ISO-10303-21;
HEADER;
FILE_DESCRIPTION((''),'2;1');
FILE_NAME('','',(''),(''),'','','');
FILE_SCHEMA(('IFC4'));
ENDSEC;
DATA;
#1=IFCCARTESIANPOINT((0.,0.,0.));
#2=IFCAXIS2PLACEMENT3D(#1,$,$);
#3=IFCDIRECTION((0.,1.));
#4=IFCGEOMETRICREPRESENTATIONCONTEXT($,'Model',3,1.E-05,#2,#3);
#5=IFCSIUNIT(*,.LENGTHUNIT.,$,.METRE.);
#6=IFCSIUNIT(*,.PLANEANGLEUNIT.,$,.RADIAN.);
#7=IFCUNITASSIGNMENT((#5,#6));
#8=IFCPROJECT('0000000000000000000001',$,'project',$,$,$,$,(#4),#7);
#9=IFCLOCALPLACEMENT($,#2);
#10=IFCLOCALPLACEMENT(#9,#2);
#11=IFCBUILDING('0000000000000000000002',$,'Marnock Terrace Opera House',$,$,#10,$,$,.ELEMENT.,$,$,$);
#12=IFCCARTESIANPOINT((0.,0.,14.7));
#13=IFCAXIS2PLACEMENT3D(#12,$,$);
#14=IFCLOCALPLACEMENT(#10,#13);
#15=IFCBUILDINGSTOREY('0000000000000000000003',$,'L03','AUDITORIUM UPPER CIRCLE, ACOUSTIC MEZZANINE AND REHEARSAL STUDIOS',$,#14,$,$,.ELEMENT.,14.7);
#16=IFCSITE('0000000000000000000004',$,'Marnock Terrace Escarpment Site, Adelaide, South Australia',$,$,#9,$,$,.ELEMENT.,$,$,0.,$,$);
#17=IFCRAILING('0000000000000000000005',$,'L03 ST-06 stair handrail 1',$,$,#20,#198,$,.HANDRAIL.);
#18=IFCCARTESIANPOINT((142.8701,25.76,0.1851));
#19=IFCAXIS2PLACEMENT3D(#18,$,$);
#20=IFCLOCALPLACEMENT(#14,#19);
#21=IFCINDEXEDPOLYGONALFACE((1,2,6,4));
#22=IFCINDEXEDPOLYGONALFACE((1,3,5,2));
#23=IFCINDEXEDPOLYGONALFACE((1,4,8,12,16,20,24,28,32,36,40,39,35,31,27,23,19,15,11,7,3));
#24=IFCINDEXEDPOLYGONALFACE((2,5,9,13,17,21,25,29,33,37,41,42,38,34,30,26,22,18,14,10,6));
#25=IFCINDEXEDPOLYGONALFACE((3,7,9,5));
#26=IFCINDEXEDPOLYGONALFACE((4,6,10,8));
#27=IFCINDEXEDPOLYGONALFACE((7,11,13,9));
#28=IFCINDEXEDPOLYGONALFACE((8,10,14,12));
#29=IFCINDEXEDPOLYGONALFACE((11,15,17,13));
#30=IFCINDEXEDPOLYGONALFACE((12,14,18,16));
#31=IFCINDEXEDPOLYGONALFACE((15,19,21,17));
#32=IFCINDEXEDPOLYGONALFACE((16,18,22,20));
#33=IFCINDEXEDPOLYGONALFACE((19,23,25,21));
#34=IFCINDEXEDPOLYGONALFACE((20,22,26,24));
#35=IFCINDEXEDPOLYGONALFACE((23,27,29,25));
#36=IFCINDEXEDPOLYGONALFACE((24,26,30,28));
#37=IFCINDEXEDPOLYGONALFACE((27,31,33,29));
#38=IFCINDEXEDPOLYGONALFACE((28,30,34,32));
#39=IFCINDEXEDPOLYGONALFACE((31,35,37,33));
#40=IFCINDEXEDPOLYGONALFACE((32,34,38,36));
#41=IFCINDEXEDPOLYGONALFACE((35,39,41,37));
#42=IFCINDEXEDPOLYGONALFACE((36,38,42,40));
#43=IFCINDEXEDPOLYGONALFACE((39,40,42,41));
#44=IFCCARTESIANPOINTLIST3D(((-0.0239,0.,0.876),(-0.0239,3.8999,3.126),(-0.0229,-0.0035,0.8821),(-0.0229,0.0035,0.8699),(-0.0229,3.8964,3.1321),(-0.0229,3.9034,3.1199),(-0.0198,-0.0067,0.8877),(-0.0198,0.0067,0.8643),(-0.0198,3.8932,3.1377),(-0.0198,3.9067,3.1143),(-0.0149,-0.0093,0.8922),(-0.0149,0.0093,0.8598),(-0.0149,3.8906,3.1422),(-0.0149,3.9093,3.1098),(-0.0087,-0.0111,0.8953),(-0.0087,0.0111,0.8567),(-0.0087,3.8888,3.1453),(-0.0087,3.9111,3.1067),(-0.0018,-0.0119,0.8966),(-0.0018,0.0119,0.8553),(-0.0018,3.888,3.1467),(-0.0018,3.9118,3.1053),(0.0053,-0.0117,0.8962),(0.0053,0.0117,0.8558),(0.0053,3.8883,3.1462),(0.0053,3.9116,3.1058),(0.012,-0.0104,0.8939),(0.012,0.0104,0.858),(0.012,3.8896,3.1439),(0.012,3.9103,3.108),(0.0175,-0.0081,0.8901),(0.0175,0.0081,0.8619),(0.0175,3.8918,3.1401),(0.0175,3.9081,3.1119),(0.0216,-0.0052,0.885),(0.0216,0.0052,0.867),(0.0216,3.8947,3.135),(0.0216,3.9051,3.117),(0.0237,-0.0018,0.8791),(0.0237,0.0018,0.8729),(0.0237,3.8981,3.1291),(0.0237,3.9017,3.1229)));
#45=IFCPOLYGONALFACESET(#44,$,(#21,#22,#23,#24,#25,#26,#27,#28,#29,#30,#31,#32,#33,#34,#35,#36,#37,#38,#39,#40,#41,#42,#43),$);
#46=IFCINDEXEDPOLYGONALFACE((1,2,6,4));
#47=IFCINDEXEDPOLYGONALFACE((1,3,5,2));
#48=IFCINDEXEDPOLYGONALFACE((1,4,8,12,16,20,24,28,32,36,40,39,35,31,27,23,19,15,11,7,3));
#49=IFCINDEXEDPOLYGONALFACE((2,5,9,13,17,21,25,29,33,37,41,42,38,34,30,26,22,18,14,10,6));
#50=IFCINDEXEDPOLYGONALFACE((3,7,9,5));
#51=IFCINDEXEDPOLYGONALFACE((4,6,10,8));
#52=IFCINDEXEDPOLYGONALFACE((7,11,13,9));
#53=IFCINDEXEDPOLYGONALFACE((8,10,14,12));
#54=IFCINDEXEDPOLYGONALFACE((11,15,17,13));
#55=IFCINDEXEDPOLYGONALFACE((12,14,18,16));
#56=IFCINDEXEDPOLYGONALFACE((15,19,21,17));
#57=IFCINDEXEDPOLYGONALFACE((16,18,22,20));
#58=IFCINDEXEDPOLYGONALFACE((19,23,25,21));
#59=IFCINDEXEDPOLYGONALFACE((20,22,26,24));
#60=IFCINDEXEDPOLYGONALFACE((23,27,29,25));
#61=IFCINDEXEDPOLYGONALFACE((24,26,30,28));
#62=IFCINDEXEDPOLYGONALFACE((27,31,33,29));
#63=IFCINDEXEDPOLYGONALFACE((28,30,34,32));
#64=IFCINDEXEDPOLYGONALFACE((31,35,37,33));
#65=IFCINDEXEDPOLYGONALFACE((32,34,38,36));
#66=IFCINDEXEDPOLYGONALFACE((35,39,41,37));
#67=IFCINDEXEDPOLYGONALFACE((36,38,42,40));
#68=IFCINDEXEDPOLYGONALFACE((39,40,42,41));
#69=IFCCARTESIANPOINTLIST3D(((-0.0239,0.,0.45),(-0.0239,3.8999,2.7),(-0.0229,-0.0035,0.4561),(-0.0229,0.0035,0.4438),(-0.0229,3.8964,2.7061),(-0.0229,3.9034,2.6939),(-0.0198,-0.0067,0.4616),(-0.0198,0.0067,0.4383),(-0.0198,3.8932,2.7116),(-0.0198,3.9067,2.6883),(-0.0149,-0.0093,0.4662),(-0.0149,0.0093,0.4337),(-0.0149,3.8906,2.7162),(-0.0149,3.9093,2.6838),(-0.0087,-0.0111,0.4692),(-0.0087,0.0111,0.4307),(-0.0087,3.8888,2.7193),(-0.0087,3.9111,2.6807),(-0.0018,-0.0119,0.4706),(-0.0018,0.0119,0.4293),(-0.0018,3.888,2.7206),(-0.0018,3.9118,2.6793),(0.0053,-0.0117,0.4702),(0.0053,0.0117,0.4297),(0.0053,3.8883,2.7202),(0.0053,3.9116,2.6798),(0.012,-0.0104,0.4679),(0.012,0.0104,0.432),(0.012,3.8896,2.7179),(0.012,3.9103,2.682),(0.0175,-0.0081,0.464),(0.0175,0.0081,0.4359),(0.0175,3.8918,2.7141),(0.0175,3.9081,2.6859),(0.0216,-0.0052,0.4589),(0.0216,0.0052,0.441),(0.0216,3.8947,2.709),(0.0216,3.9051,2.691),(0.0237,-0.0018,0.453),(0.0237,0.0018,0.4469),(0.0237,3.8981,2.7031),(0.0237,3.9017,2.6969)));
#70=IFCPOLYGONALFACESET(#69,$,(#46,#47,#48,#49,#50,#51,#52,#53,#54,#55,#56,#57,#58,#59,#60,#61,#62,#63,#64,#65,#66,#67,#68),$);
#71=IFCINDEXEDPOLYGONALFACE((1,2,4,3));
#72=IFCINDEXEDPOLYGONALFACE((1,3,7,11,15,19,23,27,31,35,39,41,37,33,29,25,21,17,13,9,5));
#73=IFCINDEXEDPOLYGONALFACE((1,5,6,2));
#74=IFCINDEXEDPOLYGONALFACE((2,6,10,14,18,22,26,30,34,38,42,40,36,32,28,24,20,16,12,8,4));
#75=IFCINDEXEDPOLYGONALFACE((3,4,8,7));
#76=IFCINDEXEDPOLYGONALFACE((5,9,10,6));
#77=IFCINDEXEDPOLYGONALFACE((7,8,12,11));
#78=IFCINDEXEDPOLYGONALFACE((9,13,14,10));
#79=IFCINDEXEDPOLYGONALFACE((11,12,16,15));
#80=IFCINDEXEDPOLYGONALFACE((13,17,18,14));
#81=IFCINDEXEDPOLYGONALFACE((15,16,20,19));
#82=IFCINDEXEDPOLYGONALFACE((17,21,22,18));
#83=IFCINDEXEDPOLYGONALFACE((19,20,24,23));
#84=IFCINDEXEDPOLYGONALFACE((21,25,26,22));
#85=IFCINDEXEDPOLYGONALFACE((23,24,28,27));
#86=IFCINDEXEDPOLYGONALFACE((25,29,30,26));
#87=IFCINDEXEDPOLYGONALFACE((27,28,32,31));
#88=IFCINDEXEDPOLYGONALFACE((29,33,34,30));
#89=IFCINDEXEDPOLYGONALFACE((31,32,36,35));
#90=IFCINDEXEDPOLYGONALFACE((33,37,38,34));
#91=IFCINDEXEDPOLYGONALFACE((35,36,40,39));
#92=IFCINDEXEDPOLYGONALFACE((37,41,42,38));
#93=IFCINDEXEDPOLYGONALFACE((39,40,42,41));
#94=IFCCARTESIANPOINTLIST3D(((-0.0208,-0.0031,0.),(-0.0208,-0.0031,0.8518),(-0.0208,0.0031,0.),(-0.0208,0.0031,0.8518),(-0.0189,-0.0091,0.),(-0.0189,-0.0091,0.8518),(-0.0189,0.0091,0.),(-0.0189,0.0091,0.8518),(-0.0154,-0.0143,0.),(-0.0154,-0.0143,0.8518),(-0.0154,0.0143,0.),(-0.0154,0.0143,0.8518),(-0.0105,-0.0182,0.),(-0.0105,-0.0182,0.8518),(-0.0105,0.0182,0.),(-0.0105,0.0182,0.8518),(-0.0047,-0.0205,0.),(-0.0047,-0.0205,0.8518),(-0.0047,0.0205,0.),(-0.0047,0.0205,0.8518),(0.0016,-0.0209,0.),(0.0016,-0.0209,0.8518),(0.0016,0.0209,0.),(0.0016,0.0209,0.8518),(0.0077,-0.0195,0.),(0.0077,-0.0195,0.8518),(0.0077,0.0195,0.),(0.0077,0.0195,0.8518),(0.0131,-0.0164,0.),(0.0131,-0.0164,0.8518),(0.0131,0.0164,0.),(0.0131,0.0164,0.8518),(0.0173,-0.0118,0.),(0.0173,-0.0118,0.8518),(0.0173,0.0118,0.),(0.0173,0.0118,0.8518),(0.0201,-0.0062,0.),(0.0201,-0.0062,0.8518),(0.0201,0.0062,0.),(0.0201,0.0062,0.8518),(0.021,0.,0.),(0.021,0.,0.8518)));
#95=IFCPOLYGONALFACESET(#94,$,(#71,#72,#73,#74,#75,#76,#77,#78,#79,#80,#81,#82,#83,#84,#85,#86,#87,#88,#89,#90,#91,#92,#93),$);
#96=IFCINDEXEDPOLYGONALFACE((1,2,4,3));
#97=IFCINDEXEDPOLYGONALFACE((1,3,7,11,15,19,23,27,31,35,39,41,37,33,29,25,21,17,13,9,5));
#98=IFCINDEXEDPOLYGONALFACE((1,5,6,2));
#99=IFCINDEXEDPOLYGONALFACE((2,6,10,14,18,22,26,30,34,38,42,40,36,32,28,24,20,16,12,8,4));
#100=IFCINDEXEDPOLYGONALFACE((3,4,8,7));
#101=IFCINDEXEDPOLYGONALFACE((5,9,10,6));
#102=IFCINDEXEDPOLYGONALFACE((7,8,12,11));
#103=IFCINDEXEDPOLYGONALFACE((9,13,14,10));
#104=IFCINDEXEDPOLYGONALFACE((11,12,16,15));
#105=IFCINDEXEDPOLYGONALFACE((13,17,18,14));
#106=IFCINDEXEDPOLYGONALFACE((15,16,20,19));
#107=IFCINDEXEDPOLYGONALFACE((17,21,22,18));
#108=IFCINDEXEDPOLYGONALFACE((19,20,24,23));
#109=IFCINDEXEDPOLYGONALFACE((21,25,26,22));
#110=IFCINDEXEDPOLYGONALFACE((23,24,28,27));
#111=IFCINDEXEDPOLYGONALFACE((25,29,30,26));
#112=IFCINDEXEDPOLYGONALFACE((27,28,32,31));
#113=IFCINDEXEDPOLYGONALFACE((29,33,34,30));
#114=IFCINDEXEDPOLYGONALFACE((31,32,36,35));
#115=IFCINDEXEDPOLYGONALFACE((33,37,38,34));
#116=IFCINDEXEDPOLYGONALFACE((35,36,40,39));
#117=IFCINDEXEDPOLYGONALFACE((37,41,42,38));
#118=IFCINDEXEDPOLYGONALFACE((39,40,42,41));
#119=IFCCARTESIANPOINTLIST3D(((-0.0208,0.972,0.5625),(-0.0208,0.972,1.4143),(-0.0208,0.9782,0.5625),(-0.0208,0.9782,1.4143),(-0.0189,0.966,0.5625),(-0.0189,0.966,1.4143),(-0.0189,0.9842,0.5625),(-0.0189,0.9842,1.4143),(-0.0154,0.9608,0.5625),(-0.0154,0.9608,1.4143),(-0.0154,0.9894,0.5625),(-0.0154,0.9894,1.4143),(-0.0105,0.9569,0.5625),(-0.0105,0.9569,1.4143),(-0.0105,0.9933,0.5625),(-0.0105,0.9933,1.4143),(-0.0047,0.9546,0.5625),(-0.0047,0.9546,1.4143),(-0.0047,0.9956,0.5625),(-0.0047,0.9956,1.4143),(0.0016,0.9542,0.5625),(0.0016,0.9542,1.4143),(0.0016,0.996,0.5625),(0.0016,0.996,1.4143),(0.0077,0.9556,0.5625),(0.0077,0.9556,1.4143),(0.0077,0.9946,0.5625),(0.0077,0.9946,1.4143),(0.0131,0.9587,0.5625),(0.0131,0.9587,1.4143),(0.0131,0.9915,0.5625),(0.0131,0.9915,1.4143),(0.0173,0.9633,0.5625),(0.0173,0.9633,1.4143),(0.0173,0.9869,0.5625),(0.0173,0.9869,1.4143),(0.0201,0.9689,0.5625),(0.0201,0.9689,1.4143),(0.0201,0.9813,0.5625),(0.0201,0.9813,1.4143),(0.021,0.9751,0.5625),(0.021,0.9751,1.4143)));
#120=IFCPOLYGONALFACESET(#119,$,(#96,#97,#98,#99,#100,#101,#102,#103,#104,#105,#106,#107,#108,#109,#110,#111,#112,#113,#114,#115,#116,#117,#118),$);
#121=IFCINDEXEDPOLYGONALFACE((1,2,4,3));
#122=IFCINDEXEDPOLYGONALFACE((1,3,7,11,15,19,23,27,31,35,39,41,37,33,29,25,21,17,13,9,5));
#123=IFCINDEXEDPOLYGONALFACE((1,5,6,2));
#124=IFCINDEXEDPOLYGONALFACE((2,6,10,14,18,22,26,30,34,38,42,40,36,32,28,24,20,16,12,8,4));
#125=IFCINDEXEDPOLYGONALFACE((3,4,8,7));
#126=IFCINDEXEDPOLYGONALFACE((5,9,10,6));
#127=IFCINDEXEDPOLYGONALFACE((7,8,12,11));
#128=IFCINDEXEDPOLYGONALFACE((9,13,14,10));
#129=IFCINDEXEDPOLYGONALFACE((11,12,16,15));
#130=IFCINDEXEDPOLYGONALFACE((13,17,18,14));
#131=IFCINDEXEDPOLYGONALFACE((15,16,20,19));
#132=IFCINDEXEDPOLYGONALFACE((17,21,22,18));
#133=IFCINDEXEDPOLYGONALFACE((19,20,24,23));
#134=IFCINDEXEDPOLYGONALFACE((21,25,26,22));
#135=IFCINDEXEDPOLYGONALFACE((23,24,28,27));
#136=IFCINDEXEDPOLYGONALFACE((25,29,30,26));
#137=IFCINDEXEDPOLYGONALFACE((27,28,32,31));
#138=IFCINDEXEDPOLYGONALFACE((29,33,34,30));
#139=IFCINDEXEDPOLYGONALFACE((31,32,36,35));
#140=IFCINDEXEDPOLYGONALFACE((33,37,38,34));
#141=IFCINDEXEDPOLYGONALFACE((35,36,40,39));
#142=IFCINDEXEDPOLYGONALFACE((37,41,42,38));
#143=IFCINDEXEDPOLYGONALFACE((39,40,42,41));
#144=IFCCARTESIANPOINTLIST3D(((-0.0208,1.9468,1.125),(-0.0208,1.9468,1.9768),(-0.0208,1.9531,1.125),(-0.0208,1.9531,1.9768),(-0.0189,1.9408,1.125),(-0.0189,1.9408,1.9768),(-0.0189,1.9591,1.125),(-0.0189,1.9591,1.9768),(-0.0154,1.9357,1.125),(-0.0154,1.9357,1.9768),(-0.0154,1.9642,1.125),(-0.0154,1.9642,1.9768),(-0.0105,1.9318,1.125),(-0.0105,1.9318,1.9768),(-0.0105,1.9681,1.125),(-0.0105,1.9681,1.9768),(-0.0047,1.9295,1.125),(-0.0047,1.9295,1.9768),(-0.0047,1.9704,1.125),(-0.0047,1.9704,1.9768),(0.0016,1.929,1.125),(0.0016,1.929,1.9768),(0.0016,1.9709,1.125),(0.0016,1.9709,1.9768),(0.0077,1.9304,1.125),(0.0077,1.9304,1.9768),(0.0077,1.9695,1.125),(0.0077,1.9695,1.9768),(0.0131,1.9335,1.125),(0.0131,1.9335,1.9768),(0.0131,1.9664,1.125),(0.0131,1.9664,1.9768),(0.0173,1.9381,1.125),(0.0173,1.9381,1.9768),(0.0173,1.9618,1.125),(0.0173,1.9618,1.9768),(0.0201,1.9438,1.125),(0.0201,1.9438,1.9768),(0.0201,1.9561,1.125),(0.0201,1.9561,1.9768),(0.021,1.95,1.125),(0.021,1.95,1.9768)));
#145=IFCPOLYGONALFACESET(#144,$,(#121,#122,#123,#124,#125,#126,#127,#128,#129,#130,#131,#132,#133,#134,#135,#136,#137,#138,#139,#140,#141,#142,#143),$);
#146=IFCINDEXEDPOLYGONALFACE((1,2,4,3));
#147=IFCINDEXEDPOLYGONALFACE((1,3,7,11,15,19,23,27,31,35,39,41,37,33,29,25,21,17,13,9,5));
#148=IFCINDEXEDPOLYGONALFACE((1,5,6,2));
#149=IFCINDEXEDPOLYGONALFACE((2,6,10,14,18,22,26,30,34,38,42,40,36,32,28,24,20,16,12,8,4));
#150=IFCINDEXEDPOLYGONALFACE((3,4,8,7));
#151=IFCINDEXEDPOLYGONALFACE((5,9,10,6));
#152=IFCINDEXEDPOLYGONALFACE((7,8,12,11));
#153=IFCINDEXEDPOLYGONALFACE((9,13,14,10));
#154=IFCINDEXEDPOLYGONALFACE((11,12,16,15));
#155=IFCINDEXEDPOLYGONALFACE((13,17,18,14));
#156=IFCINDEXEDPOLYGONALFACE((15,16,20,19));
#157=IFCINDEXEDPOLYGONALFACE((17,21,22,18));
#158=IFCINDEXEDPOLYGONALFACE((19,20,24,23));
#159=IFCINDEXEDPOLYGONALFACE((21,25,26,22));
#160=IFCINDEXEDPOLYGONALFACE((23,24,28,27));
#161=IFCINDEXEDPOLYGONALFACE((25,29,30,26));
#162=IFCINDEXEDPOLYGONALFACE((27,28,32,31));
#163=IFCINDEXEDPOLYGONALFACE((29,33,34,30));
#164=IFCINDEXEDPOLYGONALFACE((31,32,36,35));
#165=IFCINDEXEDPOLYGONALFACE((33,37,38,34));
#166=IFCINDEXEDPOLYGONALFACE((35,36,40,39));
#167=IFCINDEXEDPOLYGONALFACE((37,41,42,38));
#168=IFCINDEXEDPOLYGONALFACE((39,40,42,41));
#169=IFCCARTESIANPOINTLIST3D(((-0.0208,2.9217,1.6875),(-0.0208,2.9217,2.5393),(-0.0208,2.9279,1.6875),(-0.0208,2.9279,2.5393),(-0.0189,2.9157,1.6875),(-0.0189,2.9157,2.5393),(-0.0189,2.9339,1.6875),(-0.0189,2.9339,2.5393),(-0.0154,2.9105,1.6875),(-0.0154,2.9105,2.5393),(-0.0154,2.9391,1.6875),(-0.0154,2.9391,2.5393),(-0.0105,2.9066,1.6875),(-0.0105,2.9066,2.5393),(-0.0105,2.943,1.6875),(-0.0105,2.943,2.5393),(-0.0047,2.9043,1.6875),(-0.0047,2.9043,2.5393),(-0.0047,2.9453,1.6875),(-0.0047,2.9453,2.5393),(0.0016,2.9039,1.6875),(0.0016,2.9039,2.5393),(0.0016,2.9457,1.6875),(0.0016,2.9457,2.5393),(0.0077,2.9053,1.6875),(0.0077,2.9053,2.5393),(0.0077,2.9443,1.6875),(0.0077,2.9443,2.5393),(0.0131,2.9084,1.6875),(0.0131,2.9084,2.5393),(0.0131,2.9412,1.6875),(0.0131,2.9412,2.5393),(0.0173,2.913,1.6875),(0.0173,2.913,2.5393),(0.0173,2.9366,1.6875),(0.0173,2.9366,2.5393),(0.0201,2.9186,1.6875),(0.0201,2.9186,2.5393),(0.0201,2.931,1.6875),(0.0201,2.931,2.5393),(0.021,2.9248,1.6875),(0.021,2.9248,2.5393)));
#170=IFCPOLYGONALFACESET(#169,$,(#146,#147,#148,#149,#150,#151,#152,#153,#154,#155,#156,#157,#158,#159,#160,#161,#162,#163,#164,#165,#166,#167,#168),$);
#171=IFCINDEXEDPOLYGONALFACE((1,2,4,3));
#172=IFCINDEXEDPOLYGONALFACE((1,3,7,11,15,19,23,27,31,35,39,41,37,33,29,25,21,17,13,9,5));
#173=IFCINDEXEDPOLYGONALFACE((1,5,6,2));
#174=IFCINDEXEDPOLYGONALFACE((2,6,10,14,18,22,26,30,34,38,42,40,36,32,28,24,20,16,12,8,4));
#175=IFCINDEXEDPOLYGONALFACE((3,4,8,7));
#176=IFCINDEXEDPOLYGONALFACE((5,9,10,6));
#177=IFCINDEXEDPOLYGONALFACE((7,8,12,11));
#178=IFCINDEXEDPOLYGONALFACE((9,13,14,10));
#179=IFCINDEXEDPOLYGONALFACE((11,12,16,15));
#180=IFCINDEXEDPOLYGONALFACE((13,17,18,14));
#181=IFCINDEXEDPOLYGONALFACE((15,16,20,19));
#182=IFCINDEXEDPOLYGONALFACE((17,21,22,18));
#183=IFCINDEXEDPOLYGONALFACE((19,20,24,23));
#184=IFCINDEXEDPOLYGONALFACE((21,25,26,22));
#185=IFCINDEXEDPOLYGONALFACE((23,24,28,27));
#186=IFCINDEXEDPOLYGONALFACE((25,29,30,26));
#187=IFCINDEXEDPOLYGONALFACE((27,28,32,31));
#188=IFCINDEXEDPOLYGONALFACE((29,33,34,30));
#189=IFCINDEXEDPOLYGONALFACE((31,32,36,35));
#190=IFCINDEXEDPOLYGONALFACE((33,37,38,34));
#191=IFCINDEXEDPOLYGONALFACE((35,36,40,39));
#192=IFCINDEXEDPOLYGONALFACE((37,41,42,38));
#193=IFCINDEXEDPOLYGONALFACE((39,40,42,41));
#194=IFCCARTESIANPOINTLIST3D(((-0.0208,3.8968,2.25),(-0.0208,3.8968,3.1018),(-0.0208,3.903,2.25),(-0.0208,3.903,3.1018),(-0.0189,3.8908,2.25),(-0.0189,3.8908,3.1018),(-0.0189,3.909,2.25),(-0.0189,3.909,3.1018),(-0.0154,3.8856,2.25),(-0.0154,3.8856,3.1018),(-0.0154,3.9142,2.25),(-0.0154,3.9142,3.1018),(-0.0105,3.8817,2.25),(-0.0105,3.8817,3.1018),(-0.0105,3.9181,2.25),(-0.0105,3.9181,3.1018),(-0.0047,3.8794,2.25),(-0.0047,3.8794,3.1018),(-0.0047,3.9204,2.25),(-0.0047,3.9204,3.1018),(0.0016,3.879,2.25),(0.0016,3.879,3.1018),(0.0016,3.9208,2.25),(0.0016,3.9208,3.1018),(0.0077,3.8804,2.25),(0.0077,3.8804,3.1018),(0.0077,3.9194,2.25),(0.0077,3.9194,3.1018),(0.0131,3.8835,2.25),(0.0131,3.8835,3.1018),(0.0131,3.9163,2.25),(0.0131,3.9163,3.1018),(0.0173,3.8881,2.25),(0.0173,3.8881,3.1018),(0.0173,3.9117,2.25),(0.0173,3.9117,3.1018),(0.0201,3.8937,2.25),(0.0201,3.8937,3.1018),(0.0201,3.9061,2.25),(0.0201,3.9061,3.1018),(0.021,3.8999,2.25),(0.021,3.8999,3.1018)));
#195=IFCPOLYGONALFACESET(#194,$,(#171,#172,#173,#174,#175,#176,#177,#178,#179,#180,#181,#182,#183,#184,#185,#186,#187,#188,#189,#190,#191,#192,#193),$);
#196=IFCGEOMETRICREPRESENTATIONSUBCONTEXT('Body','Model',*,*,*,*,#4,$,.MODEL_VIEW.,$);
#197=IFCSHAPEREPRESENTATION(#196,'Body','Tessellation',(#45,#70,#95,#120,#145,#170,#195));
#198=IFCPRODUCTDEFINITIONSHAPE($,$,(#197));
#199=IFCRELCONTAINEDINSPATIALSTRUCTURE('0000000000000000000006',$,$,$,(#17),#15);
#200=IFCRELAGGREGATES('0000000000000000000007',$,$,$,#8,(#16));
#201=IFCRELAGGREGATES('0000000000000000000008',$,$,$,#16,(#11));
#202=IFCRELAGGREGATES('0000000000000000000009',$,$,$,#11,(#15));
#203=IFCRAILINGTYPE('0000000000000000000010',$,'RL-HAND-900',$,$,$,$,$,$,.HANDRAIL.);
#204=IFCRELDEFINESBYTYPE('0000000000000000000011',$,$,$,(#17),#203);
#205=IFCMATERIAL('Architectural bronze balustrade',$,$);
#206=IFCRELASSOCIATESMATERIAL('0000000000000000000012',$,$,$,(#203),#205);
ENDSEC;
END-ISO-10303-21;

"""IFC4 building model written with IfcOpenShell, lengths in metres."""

from ifc_helpers import new_model, si_unit, direction, frame, origin, origin_2d, place, context, subcontext, project, spatial, circle, extrude, material, type_object, element, save


model = new_model("IFC4")

# Units and contexts
model_context = context("Model", 3, precision=1e-05, world=origin(), true_north=direction((0.0, 1.0)))
body_context = subcontext(model_context, "Body", "Model", "MODEL_VIEW")
ifc_project = project(units=[si_unit("LENGTHUNIT", "METRE"), si_unit("PLANEANGLEUNIT", "RADIAN")], contexts=[model_context])

# Site, building, storey
site_placement = place(None, origin())
site = spatial("IfcSite", under=ifc_project, at=site_placement, Name="Marnock Terrace Escarpment Site, Adelaide, South Australia", CompositionType="ELEMENT", RefElevation=0.0)
building_placement = place(site_placement, origin())
building = spatial("IfcBuilding", under=site, at=building_placement, Name="Marnock Terrace Opera House", CompositionType="ELEMENT")
storey_placement = place(building_placement, frame((0.0, 0.0, 14.7)))
storey = spatial("IfcBuildingStorey", under=building, at=storey_placement, Name="L03", Description="AUDITORIUM UPPER CIRCLE, ACOUSTIC MEZZANINE AND REHEARSAL STUDIOS", CompositionType="ELEMENT", Elevation=14.7)

# Railing
ifc_material_1 = material(Name="Architectural bronze balustrade")
railing_type_1 = type_object("IfcRailingType", Name="RL-HAND-900", PredefinedType="HANDRAIL", material=ifc_material_1)
railing_1_placement = place(storey_placement, frame((142.8701, 25.76, 0.1851)))
element("IfcRailing", 1, at=railing_1_placement, inside=storey, type_object=railing_type_1, Name="L03 ST-06 stair handrail 1", PredefinedType="HANDRAIL", context=body_context, shape_type="SweptSolid", body=[
    extrude(circle(Radius=0.0239, at=origin_2d()), frame((0.0, 0.0, 0.876), z_axis=(0.0, 0.86618, 0.499732), x_axis=(-1.0, 0.0, 0.0)), (0.0, 0.0, 1.0), 4.5024),
    extrude(circle(Radius=0.0239, at=origin_2d()), frame((0.0, 0.0, 0.45), z_axis=(0.0, 0.86618, 0.499732), x_axis=(-1.0, 0.0, 0.0)), (0.0, 0.0, 1.0), 4.5024),
    extrude(circle(Radius=0.021, at=origin_2d()), origin(), (0.0, 0.0, 1.0), 0.8518),
    extrude(circle(Radius=0.021, at=origin_2d()), frame((0.0, 0.9751, 0.5625)), (0.0, 0.0, 1.0), 0.8518),
    extrude(circle(Radius=0.021, at=origin_2d()), frame((0.0, 1.95, 1.125)), (0.0, 0.0, 1.0), 0.8518),
    extrude(circle(Radius=0.021, at=origin_2d()), frame((0.0, 2.9248, 1.6875)), (0.0, 0.0, 1.0), 0.8518),
    extrude(circle(Radius=0.021, at=origin_2d()), frame((0.0, 3.8999, 2.25)), (0.0, 0.0, 1.0), 0.8518),
])

save(model, "model.ifc")
